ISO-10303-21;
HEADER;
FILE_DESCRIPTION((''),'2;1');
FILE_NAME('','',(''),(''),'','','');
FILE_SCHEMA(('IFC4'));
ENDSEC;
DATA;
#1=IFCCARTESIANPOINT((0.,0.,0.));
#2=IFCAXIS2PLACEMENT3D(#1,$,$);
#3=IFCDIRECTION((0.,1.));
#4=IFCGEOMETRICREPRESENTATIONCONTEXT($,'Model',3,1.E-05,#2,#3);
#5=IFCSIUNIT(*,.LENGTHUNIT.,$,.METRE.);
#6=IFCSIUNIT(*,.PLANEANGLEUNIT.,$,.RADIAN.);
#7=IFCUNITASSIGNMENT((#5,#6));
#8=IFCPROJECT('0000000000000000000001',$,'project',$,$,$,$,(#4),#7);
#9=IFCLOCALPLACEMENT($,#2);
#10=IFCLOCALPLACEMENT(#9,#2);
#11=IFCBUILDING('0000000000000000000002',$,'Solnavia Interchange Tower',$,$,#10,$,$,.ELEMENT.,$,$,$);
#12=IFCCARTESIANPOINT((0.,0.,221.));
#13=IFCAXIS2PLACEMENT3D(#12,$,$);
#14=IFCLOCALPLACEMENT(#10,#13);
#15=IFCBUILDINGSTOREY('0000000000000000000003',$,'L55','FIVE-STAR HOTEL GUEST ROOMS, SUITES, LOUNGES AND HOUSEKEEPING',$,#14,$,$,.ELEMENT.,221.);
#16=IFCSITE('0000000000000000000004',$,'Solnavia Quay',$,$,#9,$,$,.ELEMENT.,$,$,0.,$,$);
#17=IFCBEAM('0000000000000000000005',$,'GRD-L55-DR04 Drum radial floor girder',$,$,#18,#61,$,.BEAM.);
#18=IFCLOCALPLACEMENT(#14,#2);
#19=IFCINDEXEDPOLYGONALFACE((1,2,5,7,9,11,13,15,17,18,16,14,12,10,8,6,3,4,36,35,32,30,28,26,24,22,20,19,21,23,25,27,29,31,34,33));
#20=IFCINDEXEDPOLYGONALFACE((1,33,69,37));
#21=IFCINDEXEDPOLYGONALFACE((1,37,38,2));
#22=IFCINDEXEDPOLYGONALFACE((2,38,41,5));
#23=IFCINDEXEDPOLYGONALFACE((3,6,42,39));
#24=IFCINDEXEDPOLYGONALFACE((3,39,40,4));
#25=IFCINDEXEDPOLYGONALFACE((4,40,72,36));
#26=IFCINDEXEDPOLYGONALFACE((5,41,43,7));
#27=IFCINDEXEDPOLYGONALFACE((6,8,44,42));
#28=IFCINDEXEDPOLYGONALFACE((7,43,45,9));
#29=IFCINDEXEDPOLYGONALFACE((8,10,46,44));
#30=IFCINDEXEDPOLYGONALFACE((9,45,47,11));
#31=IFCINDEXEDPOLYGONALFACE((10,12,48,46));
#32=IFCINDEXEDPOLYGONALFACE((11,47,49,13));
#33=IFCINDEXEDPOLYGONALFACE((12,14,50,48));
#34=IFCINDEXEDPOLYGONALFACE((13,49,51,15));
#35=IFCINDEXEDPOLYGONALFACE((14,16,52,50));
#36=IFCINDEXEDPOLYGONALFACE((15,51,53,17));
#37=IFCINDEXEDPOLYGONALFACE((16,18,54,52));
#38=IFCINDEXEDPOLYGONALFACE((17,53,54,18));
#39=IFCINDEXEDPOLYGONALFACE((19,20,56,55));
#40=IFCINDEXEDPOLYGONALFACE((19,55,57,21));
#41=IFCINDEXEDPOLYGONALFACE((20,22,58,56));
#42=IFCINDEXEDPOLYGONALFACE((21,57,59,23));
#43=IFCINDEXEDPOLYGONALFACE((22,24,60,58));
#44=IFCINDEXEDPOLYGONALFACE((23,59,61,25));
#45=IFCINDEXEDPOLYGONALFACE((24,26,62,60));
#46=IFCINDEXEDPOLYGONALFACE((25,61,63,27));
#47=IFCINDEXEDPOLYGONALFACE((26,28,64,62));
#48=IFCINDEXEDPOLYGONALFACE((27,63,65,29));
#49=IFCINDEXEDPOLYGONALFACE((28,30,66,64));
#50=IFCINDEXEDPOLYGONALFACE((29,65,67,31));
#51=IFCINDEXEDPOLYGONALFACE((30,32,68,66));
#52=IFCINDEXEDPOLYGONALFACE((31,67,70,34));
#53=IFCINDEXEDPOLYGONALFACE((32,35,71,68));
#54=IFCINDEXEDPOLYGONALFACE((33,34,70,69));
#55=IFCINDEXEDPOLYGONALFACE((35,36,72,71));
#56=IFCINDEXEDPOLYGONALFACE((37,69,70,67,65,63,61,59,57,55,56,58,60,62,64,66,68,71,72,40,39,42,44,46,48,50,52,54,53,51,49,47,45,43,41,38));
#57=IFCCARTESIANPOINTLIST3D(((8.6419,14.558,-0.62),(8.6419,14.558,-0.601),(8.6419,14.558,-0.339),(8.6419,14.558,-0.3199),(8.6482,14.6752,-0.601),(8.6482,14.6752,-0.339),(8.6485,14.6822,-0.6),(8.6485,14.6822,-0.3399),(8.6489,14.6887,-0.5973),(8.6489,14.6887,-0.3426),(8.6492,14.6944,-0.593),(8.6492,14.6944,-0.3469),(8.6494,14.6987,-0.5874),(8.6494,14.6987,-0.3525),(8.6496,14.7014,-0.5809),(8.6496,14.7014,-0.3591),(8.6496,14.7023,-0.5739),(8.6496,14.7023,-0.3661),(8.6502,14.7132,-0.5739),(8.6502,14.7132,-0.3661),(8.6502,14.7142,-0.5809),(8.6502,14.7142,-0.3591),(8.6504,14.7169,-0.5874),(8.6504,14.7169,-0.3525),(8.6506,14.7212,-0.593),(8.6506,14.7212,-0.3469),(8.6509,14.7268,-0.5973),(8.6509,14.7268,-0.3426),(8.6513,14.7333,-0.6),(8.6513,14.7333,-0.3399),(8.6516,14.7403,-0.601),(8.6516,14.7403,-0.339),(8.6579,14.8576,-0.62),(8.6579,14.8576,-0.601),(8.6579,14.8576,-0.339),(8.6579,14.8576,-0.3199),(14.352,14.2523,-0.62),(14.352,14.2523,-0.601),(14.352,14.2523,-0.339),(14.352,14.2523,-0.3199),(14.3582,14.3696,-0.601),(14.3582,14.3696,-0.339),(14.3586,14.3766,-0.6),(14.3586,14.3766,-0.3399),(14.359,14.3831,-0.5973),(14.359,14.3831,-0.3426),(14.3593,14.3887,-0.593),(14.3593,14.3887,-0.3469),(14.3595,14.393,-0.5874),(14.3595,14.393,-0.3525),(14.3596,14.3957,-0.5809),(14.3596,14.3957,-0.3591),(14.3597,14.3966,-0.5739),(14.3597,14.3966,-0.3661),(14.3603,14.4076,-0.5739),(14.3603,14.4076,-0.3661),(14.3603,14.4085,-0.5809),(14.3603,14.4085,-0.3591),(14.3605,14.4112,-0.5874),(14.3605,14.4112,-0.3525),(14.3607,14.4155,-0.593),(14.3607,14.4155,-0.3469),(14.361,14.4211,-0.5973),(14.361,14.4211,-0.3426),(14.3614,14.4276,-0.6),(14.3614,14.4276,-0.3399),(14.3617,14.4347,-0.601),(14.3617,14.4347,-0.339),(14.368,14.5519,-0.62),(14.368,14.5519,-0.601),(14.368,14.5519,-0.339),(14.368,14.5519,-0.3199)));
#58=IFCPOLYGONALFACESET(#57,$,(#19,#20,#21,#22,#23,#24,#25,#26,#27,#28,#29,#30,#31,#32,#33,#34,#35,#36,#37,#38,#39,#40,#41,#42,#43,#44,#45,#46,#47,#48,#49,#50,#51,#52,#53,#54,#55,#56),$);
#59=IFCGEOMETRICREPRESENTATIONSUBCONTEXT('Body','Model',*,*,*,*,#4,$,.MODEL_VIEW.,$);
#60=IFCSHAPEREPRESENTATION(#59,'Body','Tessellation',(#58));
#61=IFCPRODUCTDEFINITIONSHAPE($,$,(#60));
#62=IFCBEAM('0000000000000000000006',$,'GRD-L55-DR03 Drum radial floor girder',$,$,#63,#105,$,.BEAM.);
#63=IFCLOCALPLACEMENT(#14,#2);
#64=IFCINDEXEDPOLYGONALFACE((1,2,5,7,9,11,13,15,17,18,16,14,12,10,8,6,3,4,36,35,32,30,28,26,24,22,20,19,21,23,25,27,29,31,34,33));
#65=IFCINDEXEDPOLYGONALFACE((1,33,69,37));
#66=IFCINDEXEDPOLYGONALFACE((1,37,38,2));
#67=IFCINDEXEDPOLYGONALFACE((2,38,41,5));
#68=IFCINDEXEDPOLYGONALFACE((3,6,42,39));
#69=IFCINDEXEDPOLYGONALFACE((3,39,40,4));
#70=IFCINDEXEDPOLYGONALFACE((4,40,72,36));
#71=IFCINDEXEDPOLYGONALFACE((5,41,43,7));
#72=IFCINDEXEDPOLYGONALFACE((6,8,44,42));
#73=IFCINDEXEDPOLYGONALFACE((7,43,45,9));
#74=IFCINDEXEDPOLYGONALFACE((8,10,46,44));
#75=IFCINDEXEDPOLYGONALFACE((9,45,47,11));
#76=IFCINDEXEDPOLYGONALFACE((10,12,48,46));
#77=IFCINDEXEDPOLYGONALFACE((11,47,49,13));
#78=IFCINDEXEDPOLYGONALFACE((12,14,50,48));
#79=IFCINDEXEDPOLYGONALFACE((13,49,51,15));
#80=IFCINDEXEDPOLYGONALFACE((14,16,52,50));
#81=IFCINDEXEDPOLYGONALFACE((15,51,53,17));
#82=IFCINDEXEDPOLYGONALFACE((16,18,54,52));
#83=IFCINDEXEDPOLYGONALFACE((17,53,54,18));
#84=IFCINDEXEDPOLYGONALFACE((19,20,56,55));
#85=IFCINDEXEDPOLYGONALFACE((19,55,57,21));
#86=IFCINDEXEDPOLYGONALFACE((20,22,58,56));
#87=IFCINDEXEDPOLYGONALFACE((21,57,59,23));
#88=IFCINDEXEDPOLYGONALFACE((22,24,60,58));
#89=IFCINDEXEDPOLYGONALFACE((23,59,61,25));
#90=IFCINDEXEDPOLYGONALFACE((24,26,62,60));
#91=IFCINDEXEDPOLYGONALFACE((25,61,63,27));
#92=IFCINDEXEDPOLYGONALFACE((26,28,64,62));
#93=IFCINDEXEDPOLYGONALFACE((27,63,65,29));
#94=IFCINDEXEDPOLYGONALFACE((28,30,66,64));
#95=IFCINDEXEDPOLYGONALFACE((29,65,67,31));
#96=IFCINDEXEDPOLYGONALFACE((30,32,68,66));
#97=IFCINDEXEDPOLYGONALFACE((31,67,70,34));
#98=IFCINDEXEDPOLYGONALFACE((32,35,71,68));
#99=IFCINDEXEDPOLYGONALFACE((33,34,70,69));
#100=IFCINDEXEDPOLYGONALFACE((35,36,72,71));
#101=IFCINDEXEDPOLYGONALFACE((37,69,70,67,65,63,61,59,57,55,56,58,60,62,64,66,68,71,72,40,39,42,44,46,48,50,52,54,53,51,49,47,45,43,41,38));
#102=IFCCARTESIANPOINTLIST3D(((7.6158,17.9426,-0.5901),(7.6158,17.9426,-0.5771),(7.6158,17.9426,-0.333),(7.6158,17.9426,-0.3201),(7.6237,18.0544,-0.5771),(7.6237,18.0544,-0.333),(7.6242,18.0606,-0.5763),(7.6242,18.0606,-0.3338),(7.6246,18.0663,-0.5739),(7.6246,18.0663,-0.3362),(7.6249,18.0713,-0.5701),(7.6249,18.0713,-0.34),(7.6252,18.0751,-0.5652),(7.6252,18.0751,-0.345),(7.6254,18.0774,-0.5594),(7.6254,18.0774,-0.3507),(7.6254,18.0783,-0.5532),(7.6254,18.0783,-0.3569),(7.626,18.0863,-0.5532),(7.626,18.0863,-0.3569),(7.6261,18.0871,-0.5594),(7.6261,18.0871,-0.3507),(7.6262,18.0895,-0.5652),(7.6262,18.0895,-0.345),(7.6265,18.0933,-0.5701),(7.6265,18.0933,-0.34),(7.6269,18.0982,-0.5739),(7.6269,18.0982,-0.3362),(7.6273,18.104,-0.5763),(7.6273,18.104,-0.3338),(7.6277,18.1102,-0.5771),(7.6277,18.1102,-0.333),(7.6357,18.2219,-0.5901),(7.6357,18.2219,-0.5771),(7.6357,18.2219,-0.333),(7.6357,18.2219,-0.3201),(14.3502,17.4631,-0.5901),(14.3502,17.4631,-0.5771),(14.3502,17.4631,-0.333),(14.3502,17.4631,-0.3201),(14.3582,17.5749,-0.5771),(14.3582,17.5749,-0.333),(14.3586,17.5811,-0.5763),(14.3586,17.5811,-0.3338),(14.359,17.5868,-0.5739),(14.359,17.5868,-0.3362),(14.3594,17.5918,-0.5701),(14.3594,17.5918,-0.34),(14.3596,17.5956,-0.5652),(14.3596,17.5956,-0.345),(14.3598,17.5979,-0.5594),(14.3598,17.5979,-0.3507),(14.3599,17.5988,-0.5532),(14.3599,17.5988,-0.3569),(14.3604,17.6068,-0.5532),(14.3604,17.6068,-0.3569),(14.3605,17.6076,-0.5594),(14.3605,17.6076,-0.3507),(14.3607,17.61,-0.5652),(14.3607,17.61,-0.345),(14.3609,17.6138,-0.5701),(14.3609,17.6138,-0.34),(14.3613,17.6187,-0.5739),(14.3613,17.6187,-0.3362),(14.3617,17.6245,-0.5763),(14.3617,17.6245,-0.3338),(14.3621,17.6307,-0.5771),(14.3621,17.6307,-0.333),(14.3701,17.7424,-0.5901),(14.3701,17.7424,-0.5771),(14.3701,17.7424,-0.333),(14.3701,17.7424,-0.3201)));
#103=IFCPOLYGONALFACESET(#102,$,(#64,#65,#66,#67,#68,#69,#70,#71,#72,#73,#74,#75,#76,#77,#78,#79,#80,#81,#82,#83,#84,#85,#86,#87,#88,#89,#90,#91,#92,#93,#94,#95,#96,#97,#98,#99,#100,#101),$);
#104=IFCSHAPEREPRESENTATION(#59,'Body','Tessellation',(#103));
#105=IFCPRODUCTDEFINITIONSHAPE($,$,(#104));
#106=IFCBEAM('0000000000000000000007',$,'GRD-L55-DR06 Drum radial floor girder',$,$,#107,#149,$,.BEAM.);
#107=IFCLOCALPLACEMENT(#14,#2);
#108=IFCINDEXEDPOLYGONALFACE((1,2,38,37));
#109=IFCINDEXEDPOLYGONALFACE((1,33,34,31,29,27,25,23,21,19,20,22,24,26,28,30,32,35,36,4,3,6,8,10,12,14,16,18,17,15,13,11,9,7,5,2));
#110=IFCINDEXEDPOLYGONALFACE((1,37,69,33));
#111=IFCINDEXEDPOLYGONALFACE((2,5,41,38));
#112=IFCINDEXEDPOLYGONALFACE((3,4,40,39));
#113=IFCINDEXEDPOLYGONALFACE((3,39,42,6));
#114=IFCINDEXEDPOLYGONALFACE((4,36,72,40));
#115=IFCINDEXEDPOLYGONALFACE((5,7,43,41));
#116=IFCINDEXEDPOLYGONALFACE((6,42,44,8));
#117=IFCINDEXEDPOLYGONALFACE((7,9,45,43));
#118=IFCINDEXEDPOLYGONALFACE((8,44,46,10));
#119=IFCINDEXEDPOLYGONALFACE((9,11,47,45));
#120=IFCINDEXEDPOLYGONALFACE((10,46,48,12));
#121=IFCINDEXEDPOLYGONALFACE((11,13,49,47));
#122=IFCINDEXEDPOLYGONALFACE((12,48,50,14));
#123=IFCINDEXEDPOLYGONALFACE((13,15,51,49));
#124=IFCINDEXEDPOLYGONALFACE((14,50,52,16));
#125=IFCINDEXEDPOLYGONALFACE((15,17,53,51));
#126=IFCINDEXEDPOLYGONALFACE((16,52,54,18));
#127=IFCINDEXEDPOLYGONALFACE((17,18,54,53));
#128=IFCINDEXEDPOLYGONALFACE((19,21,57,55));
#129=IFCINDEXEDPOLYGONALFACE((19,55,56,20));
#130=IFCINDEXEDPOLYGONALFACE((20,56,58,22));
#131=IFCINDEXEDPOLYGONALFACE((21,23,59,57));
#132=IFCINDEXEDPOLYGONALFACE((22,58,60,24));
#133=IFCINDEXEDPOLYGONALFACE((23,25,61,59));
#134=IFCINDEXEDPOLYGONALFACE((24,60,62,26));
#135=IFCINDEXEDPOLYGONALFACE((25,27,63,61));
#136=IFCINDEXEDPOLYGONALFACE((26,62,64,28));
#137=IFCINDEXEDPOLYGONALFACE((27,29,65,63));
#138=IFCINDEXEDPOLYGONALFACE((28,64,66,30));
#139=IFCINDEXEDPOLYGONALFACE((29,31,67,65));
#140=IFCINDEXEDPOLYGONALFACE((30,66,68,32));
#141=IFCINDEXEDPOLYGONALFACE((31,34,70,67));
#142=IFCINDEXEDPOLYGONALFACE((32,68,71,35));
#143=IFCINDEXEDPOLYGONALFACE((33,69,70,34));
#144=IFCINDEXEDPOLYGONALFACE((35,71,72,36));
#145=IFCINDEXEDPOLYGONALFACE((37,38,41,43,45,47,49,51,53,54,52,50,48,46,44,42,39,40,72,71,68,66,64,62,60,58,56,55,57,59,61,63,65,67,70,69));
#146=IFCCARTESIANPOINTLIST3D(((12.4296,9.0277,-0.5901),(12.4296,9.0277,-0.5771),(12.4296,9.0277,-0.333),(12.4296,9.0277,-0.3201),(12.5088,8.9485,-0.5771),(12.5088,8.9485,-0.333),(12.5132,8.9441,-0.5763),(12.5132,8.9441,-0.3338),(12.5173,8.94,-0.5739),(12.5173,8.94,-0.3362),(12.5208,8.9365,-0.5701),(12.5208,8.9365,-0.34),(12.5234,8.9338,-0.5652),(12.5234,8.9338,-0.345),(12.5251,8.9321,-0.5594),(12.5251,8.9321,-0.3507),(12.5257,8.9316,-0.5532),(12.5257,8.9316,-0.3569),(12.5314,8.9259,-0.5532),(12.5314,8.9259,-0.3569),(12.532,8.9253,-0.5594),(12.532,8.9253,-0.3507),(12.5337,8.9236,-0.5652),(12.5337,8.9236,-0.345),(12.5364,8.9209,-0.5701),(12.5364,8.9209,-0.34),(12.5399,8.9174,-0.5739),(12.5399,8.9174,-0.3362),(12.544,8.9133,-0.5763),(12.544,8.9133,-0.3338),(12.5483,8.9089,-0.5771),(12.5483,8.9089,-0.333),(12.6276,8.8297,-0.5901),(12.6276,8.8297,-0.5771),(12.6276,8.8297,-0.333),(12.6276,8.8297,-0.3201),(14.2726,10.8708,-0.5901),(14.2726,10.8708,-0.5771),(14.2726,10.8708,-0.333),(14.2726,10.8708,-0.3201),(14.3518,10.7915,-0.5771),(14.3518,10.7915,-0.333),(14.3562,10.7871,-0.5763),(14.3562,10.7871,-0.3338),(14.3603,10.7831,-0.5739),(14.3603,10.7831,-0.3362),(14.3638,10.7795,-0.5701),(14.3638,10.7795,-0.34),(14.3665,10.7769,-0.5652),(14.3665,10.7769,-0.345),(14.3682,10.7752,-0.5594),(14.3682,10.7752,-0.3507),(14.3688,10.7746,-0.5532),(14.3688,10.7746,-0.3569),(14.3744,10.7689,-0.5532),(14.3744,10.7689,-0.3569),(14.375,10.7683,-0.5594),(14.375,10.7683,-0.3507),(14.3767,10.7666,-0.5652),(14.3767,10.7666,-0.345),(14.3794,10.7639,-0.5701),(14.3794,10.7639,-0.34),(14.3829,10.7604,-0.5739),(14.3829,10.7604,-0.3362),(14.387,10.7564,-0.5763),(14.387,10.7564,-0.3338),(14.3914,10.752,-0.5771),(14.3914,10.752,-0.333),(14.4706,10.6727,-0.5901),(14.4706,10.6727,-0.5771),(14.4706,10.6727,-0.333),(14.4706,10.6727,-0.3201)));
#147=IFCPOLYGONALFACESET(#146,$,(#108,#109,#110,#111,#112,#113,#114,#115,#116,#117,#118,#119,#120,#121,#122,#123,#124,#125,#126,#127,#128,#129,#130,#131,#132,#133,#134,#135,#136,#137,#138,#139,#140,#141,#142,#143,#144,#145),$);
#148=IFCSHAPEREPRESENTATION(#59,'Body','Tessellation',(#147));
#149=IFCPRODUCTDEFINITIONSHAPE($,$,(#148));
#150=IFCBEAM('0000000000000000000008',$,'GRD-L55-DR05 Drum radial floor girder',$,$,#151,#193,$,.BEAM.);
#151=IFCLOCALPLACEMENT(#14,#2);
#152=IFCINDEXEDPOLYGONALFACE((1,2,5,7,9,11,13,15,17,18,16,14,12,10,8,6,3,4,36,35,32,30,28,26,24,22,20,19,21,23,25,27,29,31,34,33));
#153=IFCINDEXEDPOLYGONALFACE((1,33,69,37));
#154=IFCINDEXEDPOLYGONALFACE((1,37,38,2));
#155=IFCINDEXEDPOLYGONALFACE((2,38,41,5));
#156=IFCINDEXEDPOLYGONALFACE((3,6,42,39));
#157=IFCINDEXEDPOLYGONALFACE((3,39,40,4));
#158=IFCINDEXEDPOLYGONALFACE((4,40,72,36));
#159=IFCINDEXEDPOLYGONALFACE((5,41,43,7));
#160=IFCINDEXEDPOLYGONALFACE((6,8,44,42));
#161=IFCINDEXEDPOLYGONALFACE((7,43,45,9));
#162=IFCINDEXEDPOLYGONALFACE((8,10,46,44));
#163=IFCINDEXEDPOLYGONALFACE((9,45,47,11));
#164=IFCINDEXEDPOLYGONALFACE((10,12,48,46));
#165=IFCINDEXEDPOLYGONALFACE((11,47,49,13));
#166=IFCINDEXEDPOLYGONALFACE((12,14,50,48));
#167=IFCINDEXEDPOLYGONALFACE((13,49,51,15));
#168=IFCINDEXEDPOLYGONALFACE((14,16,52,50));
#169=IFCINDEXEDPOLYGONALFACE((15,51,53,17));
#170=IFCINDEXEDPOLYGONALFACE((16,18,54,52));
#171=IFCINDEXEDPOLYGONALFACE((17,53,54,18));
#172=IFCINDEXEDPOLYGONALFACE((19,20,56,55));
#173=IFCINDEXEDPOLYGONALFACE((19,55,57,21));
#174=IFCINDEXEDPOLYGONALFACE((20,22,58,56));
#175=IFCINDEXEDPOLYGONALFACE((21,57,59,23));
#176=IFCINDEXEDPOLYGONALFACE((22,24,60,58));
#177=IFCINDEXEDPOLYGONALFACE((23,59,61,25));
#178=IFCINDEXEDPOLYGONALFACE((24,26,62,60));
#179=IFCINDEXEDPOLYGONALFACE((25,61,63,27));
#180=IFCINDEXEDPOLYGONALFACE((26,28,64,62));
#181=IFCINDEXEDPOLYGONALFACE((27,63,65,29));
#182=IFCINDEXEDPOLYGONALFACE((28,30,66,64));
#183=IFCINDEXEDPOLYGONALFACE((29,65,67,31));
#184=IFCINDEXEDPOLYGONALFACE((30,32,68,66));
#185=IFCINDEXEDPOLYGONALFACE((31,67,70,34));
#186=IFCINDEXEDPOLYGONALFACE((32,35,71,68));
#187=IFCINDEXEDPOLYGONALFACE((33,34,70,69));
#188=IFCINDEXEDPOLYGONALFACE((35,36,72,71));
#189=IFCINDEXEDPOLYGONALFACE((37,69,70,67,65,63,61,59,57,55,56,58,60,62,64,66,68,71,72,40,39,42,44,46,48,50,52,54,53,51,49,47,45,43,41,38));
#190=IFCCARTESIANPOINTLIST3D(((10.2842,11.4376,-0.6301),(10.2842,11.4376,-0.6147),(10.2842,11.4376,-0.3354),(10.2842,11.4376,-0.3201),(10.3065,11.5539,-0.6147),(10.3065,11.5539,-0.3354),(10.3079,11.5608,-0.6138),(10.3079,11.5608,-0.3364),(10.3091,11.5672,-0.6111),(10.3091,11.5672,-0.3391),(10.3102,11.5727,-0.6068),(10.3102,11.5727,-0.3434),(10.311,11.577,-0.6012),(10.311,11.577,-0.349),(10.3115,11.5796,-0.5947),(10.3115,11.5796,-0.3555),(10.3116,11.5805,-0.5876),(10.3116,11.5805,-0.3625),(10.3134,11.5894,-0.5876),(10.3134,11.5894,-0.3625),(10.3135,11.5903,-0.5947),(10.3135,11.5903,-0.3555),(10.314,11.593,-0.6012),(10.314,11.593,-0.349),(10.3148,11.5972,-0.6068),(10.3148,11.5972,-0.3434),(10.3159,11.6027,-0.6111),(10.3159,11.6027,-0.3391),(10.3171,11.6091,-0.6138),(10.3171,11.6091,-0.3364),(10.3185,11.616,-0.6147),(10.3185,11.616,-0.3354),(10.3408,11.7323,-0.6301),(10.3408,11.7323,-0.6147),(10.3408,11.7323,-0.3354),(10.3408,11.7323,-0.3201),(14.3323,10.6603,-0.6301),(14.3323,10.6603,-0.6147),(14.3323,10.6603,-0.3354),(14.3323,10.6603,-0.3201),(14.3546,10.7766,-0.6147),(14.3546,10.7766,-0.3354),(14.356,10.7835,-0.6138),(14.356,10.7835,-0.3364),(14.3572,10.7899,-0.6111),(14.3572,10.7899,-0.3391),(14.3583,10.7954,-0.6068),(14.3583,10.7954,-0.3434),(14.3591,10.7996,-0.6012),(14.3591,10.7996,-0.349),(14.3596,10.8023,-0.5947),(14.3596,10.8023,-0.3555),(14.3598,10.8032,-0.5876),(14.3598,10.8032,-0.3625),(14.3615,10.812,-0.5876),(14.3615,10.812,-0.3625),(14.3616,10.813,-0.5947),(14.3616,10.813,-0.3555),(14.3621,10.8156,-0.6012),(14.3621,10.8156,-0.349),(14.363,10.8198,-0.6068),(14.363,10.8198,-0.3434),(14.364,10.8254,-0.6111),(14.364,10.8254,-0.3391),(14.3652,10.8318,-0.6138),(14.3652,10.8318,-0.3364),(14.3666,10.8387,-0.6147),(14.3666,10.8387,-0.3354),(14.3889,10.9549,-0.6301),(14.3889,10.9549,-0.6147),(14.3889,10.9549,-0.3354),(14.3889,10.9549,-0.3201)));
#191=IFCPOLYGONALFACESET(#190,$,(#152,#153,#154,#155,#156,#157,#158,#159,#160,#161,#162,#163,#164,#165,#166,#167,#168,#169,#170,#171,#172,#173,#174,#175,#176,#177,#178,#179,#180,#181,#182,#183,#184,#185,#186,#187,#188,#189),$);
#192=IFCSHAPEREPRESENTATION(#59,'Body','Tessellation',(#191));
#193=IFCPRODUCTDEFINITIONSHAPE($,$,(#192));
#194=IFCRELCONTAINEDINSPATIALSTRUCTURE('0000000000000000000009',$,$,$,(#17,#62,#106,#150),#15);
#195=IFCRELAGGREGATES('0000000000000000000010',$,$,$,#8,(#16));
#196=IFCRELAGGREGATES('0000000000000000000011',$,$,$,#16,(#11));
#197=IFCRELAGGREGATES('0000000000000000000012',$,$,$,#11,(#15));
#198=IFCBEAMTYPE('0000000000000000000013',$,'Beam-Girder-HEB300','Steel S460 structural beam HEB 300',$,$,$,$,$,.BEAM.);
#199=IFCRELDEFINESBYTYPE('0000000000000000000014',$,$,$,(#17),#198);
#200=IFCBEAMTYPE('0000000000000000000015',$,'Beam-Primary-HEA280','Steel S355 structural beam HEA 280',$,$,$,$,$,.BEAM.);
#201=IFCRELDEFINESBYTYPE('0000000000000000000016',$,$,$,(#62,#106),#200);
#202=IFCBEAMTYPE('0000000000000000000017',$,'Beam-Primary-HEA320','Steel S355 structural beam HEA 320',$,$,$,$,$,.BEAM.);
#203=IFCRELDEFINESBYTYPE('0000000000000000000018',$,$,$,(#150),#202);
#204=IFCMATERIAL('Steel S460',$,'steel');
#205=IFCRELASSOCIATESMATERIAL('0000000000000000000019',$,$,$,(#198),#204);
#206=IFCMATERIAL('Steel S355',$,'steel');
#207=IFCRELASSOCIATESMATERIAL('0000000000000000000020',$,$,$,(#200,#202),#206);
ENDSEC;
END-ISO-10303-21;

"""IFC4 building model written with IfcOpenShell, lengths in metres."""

from ifc_helpers import new_model, si_unit, direction, frame, origin, origin_2d, place, context, subcontext, project, spatial, i_section, extrude, material, material_profile, profile_set, type_object, element, save


model = new_model("IFC4")

# Units and contexts
model_context = context("Model", 3, precision=1e-05, world=origin(), true_north=direction((0.0, 1.0)))
body_context = subcontext(model_context, "Body", "Model", "MODEL_VIEW")
ifc_project = project(units=[si_unit("LENGTHUNIT", "METRE"), si_unit("PLANEANGLEUNIT", "RADIAN")], contexts=[model_context])

# Site, building, storey
site_placement = place(None, origin())
site = spatial("IfcSite", under=ifc_project, at=site_placement, Name="Solnavia Quay", CompositionType="ELEMENT", RefElevation=0.0)
building_placement = place(site_placement, origin())
building = spatial("IfcBuilding", under=site, at=building_placement, Name="Solnavia Interchange Tower", CompositionType="ELEMENT")
storey_placement = place(building_placement, frame((0.0, 0.0, 221.0)))
storey = spatial("IfcBuildingStorey", under=building, at=storey_placement, Name="L55", Description="FIVE-STAR HOTEL GUEST ROOMS, SUITES, LOUNGES AND HOUSEKEEPING", CompositionType="ELEMENT", Elevation=221.0)

# Beams
ifc_material_1 = material(Name="Steel S460", Category="steel")
ifc_material_profile_1 = material_profile(ifc_material_1, i_section(OverallWidth=0.3, OverallDepth=0.3, WebThickness=0.011, FlangeThickness=0.019, FilletRadius=0.0271, at=origin_2d()), Name="HEB 300")
ifc_profile_set_1 = profile_set([ifc_material_profile_1], Name="Steel S460")
beam_type_1 = type_object("IfcBeamType", Name="Beam-Girder-HEB300", Description="Steel S460 structural beam HEB 300", PredefinedType="BEAM", material=ifc_profile_set_1)
beam_1_placement = place(storey_placement, frame((8.6499, 14.7078, -0.47), z_axis=(0.99857, -0.053453, 0.0), x_axis=(0.053453, 0.99857, 0.0)))
element("IfcBeam", 1, at=beam_1_placement, inside=storey, type_object=beam_type_1, Name="GRD-L55-DR04 Drum radial floor girder", PredefinedType="BEAM", context=body_context, shape_type="SweptSolid", body=[
    extrude(i_section(OverallWidth=0.3, OverallDepth=0.3, WebThickness=0.011, FlangeThickness=0.019, FilletRadius=0.0271, at=origin_2d()), origin(), (0.0, 0.0, 1.0), 5.7183),
])
ifc_material_2 = material(Name="Steel S355", Category="steel")
ifc_material_profile_2 = material_profile(ifc_material_2, i_section(OverallWidth=0.28, OverallDepth=0.27, WebThickness=0.0081, FlangeThickness=0.0129, FilletRadius=0.0239, at=origin_2d()), Name="HEA 280")
ifc_profile_set_2 = profile_set([ifc_material_profile_2], Name="Steel S355")
beam_type_2 = type_object("IfcBeamType", Name="Beam-Primary-HEA280", Description="Steel S355 structural beam HEA 280", PredefinedType="BEAM", material=ifc_profile_set_2)
beam_2_placement = place(storey_placement, frame((7.6257, 18.0823, -0.4551), z_axis=(0.997475, -0.071021, 0.0), x_axis=(0.071021, 0.997475, 0.0)))
element("IfcBeam", 2, at=beam_2_placement, inside=storey, type_object=beam_type_2, Name="GRD-L55-DR03 Drum radial floor girder", PredefinedType="BEAM", context=body_context, shape_type="SweptSolid", body=[
    extrude(i_section(OverallWidth=0.28, OverallDepth=0.27, WebThickness=0.0081, FlangeThickness=0.0129, FilletRadius=0.0239, at=origin_2d()), origin(), (0.0, 0.0, 1.0), 6.7515),
])
beam_3_placement = place(storey_placement, frame((12.5286, 8.9287, -0.4551), z_axis=(0.707107, 0.707107, 0.0), x_axis=(-0.707107, 0.707107, 0.0)))
element("IfcBeam", 3, at=beam_3_placement, inside=storey, type_object=beam_type_2, Name="GRD-L55-DR06 Drum radial floor girder", PredefinedType="BEAM", context=body_context, shape_type="SweptSolid", body=[
    extrude(i_section(OverallWidth=0.28, OverallDepth=0.27, WebThickness=0.0081, FlangeThickness=0.0129, FilletRadius=0.0239, at=origin_2d()), origin(), (0.0, 0.0, 1.0), 2.6064),
])
ifc_material_profile_3 = material_profile(ifc_material_2, i_section(OverallWidth=0.3, OverallDepth=0.3101, WebThickness=0.009, FlangeThickness=0.0154, FilletRadius=0.0271, at=origin_2d()), Name="HEA 320")
ifc_profile_set_3 = profile_set([ifc_material_profile_3], Name="Steel S355")
beam_type_3 = type_object("IfcBeamType", Name="Beam-Primary-HEA320", Description="Steel S355 structural beam HEA 320", PredefinedType="BEAM", material=ifc_profile_set_3)
beam_4_placement = place(storey_placement, frame((10.3125, 11.585, -0.4751), z_axis=(0.982058, -0.188582, 0.0), x_axis=(0.188582, 0.982058, 0.0)))
element("IfcBeam", 4, at=beam_4_placement, inside=storey, type_object=beam_type_3, Name="GRD-L55-DR05 Drum radial floor girder", PredefinedType="BEAM", context=body_context, shape_type="SweptSolid", body=[
    extrude(i_section(OverallWidth=0.3, OverallDepth=0.3101, WebThickness=0.009, FlangeThickness=0.0154, FilletRadius=0.0271, at=origin_2d()), origin(), (0.0, 0.0, 1.0), 4.1221),
])

save(model, "model.ifc")
